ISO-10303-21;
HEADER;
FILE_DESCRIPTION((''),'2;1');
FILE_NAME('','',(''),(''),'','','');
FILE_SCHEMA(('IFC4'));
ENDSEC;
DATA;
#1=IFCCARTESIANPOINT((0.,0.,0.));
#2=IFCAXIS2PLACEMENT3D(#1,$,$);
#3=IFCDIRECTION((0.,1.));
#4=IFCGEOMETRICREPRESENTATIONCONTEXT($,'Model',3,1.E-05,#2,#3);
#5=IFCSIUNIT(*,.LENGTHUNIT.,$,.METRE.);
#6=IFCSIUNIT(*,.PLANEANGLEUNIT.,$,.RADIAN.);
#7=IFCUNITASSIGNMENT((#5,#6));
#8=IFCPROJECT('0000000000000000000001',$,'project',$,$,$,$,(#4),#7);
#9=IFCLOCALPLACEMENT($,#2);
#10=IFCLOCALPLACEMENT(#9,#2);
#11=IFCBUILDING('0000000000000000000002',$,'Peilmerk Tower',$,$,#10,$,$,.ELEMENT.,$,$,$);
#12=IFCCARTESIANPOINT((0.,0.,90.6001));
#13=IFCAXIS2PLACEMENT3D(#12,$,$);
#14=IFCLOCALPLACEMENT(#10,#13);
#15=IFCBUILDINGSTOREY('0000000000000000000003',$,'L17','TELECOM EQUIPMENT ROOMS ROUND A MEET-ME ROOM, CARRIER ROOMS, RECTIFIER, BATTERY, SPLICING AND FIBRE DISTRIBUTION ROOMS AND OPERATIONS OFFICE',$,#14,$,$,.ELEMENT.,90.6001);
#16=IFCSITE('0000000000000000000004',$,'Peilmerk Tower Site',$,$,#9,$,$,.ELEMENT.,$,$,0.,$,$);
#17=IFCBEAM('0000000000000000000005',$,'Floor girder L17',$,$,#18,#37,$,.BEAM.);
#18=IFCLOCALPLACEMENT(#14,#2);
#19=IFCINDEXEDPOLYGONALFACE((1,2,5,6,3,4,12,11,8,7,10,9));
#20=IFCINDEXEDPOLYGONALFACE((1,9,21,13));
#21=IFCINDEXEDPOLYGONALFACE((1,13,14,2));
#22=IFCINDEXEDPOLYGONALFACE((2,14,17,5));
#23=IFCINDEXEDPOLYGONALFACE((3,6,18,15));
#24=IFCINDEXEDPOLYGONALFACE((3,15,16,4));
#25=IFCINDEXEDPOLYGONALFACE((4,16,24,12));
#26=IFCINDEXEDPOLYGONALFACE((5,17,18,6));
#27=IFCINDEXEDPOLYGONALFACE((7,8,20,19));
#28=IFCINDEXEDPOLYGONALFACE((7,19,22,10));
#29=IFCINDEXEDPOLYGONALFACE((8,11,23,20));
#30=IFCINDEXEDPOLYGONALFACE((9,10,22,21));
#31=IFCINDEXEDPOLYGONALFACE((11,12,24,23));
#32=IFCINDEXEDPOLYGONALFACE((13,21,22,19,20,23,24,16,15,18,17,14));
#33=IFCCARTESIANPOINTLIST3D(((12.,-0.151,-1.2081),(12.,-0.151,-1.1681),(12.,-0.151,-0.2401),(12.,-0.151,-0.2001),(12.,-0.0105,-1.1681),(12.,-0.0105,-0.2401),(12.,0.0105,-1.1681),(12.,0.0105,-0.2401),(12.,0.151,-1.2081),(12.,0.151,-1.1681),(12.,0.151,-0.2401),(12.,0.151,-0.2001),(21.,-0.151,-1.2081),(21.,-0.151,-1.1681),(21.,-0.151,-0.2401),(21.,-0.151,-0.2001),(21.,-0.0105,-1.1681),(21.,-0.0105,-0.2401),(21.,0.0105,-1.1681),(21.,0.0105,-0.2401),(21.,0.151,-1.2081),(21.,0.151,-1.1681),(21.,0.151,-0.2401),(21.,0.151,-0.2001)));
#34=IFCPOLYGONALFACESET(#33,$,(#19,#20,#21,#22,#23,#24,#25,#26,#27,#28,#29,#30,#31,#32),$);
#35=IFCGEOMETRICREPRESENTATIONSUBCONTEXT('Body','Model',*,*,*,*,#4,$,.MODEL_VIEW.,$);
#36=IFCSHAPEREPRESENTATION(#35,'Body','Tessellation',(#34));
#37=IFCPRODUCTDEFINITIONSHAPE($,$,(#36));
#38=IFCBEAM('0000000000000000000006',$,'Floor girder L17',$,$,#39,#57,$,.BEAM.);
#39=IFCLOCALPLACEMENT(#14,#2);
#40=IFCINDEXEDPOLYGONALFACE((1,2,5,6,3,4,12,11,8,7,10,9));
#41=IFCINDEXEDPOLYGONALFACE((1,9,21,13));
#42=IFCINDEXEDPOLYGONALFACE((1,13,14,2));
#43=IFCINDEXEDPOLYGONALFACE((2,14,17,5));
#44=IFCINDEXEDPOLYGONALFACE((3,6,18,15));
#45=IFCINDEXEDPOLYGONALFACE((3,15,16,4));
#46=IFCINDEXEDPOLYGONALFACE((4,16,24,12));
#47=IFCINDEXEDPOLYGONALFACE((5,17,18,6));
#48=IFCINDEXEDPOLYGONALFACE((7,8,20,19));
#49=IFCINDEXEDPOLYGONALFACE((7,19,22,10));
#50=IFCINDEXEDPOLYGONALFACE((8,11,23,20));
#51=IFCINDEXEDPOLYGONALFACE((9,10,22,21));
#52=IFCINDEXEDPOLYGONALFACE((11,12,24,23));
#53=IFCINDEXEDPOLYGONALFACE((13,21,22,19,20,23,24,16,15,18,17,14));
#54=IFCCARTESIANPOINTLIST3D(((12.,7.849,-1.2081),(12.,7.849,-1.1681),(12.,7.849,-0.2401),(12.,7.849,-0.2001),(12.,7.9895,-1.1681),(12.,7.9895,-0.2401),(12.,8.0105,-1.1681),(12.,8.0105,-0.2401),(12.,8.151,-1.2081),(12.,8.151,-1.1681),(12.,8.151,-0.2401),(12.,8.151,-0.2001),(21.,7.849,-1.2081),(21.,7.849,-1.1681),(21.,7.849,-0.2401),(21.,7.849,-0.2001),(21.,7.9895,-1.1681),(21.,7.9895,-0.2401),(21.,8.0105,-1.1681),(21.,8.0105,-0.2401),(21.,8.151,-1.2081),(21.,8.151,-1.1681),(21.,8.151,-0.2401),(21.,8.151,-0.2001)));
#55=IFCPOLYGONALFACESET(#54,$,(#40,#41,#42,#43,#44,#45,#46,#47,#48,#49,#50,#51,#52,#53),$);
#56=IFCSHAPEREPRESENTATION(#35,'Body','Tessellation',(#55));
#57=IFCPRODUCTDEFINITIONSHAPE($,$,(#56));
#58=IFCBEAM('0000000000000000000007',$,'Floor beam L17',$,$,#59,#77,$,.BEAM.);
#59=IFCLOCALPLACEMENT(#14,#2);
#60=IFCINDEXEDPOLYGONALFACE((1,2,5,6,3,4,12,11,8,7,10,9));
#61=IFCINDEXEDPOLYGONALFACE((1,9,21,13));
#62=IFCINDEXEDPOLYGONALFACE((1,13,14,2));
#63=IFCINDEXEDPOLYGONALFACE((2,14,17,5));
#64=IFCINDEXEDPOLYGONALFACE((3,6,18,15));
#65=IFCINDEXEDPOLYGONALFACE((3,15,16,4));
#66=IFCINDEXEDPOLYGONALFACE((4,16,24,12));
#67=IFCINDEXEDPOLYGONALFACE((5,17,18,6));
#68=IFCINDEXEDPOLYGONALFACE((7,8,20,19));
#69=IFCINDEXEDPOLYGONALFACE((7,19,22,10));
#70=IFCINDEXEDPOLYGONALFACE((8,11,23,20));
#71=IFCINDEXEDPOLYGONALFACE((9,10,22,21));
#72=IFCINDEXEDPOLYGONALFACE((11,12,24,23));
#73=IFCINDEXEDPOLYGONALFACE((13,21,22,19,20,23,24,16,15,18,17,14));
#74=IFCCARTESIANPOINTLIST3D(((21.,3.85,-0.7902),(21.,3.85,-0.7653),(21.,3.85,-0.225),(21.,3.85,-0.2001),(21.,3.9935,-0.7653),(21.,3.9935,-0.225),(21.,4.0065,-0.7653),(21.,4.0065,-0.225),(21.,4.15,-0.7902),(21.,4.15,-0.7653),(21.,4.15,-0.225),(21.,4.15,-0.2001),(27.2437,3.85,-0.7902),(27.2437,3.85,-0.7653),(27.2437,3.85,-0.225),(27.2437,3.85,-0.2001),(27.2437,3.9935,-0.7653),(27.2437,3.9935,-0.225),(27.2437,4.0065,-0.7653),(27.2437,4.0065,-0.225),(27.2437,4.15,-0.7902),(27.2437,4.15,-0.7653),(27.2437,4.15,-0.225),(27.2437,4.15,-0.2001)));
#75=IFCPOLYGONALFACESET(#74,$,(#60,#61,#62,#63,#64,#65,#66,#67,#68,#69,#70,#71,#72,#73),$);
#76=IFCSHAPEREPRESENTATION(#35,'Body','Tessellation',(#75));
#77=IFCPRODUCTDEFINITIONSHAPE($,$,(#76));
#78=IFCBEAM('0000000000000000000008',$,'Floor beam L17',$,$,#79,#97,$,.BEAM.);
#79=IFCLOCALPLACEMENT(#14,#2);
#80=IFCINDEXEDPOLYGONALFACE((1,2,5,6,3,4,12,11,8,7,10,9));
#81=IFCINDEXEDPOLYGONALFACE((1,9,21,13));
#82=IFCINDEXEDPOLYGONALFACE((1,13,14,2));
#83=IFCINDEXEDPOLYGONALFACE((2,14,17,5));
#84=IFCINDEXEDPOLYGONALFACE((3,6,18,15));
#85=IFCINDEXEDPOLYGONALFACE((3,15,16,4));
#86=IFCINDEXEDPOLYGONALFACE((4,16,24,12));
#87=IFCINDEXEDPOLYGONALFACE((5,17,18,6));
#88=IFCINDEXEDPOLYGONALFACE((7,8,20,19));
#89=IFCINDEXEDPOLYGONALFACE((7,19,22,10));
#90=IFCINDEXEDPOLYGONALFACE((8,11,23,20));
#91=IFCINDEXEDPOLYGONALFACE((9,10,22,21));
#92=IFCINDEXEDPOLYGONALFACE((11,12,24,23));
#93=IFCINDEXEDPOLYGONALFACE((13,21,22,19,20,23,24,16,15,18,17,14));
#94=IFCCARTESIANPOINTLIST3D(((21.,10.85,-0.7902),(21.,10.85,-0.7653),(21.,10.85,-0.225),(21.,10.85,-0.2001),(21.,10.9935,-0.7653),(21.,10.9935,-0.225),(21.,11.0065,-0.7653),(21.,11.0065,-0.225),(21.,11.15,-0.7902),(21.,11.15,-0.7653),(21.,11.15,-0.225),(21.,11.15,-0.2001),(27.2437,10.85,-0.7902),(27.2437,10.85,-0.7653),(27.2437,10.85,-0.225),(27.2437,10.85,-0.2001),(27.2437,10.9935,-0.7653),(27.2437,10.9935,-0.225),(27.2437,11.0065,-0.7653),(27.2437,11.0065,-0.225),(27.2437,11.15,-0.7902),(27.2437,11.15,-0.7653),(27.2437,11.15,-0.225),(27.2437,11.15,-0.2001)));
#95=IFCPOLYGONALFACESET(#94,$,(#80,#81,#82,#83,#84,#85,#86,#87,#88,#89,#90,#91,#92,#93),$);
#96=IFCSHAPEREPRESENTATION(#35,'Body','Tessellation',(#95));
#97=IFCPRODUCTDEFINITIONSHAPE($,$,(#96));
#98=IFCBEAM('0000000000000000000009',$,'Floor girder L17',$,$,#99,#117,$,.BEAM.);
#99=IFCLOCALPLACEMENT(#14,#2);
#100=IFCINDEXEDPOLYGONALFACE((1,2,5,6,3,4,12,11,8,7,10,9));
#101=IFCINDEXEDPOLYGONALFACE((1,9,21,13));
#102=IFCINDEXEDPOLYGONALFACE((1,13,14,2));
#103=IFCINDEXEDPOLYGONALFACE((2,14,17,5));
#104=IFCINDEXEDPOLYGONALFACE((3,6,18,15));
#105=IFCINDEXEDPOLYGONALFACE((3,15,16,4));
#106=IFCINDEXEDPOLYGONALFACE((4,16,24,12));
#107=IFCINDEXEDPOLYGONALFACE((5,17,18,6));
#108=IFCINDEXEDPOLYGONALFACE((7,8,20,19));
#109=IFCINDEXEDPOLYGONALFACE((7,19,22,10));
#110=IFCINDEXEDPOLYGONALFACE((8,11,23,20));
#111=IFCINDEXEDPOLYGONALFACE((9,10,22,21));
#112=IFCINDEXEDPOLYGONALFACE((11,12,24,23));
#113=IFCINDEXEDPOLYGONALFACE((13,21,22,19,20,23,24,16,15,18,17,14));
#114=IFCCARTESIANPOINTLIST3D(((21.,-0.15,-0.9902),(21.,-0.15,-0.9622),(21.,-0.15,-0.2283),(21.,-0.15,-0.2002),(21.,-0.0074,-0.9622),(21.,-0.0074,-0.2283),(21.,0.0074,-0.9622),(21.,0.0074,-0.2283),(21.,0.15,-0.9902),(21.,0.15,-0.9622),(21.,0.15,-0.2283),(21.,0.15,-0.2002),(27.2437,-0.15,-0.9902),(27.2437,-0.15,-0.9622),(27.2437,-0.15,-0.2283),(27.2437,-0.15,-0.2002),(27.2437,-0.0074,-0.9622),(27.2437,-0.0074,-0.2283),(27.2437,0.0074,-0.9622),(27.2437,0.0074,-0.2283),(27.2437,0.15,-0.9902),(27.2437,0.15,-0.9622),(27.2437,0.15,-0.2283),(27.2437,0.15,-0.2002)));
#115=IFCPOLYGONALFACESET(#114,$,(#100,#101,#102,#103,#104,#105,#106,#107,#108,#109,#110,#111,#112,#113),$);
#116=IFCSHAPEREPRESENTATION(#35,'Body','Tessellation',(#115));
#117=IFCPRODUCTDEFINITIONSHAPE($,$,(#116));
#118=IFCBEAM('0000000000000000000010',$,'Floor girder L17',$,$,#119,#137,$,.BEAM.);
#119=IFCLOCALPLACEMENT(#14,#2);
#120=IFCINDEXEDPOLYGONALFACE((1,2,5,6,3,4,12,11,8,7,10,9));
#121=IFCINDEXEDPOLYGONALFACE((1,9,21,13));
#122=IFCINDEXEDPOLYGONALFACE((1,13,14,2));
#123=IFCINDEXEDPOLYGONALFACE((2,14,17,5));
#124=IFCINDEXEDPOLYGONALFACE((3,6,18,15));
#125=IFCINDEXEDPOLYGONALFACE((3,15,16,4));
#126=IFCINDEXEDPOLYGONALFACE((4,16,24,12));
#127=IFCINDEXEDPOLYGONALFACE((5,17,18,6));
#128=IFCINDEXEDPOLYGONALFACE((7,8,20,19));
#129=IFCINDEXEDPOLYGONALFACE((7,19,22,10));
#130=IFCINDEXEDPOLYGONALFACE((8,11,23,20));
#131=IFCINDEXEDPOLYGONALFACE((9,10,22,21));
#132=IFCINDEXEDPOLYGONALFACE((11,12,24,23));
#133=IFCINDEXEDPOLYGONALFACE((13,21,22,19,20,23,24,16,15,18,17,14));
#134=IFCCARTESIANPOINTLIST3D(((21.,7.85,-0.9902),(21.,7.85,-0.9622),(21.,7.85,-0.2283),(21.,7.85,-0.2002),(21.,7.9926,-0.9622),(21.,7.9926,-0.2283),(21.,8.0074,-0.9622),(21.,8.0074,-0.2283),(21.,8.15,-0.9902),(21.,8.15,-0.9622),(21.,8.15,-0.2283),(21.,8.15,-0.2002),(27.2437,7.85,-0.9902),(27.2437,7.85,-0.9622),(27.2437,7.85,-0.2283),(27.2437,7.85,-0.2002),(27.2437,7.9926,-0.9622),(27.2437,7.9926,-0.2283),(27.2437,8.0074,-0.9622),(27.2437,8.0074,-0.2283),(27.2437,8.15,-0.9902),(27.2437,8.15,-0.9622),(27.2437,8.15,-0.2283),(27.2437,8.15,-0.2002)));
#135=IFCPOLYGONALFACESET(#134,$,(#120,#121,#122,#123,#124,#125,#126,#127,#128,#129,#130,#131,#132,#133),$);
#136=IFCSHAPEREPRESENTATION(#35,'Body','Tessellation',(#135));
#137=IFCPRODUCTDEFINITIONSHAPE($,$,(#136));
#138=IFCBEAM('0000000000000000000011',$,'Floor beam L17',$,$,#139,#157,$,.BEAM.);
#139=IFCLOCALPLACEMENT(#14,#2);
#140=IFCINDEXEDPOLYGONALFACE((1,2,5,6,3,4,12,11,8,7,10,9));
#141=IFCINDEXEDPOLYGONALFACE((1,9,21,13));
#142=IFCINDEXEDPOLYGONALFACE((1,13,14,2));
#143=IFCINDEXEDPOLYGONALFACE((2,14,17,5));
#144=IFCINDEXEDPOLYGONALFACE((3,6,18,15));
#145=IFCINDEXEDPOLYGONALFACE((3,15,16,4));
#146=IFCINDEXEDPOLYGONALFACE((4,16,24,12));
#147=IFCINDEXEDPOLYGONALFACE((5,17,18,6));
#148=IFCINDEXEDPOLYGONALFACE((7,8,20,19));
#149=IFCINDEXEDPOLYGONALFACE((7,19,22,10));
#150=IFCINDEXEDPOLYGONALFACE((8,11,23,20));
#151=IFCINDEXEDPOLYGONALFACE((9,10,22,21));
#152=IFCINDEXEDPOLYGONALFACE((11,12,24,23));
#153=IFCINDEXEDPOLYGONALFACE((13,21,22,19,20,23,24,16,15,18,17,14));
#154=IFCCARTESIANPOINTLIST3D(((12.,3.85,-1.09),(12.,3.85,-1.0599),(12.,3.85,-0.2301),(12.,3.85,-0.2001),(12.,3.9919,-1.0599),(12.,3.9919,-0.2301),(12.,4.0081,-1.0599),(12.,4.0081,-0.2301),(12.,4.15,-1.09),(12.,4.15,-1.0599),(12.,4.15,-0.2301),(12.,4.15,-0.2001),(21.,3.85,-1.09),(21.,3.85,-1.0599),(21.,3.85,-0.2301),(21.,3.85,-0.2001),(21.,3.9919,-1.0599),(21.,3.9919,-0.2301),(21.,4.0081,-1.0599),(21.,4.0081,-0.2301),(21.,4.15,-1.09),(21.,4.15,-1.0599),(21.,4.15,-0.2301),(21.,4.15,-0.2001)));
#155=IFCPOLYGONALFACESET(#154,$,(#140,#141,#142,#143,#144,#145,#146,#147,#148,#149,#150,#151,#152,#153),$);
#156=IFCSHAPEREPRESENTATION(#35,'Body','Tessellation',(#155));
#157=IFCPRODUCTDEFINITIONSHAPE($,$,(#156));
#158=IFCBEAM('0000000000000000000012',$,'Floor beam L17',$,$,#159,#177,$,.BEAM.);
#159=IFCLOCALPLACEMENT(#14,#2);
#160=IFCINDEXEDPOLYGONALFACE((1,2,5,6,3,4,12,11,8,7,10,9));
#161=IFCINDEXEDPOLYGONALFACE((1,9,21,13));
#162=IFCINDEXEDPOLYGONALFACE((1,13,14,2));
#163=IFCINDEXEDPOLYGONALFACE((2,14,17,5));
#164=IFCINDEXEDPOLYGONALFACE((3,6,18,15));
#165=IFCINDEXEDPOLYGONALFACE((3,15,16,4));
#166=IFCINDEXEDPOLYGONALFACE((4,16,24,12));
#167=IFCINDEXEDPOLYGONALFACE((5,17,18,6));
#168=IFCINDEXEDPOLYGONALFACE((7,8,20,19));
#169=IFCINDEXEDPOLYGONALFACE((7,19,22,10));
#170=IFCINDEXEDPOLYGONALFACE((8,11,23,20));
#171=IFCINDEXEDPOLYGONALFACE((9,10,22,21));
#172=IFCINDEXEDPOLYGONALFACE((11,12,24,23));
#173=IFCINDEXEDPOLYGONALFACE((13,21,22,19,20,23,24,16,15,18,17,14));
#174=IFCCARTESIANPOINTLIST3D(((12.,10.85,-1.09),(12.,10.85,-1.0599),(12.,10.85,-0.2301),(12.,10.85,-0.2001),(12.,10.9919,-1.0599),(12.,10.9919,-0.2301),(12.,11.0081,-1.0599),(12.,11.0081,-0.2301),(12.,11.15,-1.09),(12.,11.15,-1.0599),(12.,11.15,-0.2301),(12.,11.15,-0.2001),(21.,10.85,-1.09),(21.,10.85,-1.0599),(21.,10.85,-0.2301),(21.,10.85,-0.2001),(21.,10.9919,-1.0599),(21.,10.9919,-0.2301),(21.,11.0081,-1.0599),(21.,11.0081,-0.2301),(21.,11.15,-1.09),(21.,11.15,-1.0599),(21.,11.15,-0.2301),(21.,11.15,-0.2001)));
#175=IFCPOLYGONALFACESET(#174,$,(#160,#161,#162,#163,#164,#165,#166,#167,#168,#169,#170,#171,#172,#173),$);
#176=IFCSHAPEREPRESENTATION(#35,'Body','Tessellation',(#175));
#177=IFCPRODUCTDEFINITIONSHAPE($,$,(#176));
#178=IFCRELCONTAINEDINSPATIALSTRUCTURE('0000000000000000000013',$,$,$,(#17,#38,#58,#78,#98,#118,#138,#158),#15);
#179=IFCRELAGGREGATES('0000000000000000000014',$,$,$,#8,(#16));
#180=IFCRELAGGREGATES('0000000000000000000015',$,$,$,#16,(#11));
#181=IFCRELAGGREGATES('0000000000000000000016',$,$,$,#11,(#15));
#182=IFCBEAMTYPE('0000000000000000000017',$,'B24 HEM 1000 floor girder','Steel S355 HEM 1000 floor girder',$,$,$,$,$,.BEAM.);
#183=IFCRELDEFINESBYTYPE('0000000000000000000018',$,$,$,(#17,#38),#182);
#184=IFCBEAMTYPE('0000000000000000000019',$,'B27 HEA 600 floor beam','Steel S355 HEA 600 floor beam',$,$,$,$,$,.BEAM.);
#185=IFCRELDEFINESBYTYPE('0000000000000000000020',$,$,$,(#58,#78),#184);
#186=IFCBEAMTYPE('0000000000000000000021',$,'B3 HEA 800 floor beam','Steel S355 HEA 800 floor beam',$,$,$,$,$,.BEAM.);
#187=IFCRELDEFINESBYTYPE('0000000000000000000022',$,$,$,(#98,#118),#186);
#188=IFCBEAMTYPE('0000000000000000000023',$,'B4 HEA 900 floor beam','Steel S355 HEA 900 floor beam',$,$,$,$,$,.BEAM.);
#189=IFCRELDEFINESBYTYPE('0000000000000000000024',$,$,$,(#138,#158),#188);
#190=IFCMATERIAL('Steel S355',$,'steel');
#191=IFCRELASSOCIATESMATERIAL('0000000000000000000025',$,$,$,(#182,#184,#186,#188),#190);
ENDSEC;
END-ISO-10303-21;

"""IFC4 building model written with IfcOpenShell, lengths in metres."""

from ifc_helpers import new_model, si_unit, direction, frame, origin, origin_2d, place, context, subcontext, project, spatial, i_section, extrude, material, material_profile, profile_set, type_object, element, save


model = new_model("IFC4")

# Units and contexts
model_context = context("Model", 3, precision=1e-05, world=origin(), true_north=direction((0.0, 1.0)))
body_context = subcontext(model_context, "Body", "Model", "MODEL_VIEW")
ifc_project = project(units=[si_unit("LENGTHUNIT", "METRE"), si_unit("PLANEANGLEUNIT", "RADIAN")], contexts=[model_context])

# Site, building, storey
site_placement = place(None, origin())
site = spatial("IfcSite", under=ifc_project, at=site_placement, Name="Peilmerk Tower Site", CompositionType="ELEMENT", RefElevation=0.0)
building_placement = place(site_placement, origin())
building = spatial("IfcBuilding", under=site, at=building_placement, Name="Peilmerk Tower", CompositionType="ELEMENT")
storey_placement = place(building_placement, frame((0.0, 0.0, 90.6001)))
storey = spatial("IfcBuildingStorey", under=building, at=storey_placement, Name="L17", Description="TELECOM EQUIPMENT ROOMS ROUND A MEET-ME ROOM, CARRIER ROOMS, RECTIFIER, BATTERY, SPLICING AND FIBRE DISTRIBUTION ROOMS AND OPERATIONS OFFICE", CompositionType="ELEMENT", Elevation=90.6001)

# Beams
ifc_material_1 = material(Name="Steel S355", Category="steel")
ifc_material_profile_1 = material_profile(ifc_material_1, i_section(OverallWidth=0.302, OverallDepth=1.0081, WebThickness=0.021, FlangeThickness=0.04, at=origin_2d()), Name="HEM 1000")
ifc_profile_set_1 = profile_set([ifc_material_profile_1], Name="Steel S355")
beam_type_1 = type_object("IfcBeamType", Name="B24 HEM 1000 floor girder", Description="Steel S355 HEM 1000 floor girder", PredefinedType="BEAM", material=ifc_profile_set_1)
for number, where, z_axis, x_axis, name in (
    (1, (12.0, 0.0, -0.7041), (1.0, 0.0, 0.0), (0.0, 1.0, 0.0), "Floor girder L17"),
    (2, (12.0, 8.0, -0.7041), (1.0, 0.0, 0.0), (0.0, 1.0, 0.0), "Floor girder L17"),
):
    element("IfcBeam", number, at=place(storey_placement, frame(where, z_axis=z_axis, x_axis=x_axis)), inside=storey, type_object=beam_type_1, Name=name, PredefinedType="BEAM", context=body_context, shape_type="SweptSolid", body=[
        extrude(i_section(OverallWidth=0.302, OverallDepth=1.0081, WebThickness=0.021, FlangeThickness=0.04, at=origin_2d()), origin(), (0.0, 0.0, 1.0), 9.0),
    ])
ifc_material_profile_2 = material_profile(ifc_material_1, i_section(OverallWidth=0.3, OverallDepth=0.5901, WebThickness=0.0129, FlangeThickness=0.0249, at=origin_2d()), Name="HEA 600")
ifc_profile_set_2 = profile_set([ifc_material_profile_2], Name="Steel S355")
beam_type_2 = type_object("IfcBeamType", Name="B27 HEA 600 floor beam", Description="Steel S355 HEA 600 floor beam", PredefinedType="BEAM", material=ifc_profile_set_2)
for number, where, z_axis, x_axis, name in (
    (3, (21.0, 4.0, -0.4951), (1.0, 0.0, 0.0), (0.0, 1.0, 0.0), "Floor beam L17"),
    (4, (21.0, 11.0, -0.4951), (1.0, 0.0, 0.0), (0.0, 1.0, 0.0), "Floor beam L17"),
):
    element("IfcBeam", number, at=place(storey_placement, frame(where, z_axis=z_axis, x_axis=x_axis)), inside=storey, type_object=beam_type_2, Name=name, PredefinedType="BEAM", context=body_context, shape_type="SweptSolid", body=[
        extrude(i_section(OverallWidth=0.3, OverallDepth=0.5901, WebThickness=0.0129, FlangeThickness=0.0249, at=origin_2d()), origin(), (0.0, 0.0, 1.0), 6.2437),
    ])
ifc_material_profile_3 = material_profile(ifc_material_1, i_section(OverallWidth=0.3, OverallDepth=0.79, WebThickness=0.0149, FlangeThickness=0.0281, at=origin_2d()), Name="HEA 800")
ifc_profile_set_3 = profile_set([ifc_material_profile_3], Name="Steel S355")
beam_type_3 = type_object("IfcBeamType", Name="B3 HEA 800 floor beam", Description="Steel S355 HEA 800 floor beam", PredefinedType="BEAM", material=ifc_profile_set_3)
for number, where, z_axis, x_axis, name in (
    (5, (21.0, 0.0, -0.5952), (1.0, 0.0, 0.0), (0.0, 1.0, 0.0), "Floor girder L17"),
    (6, (21.0, 8.0, -0.5952), (1.0, 0.0, 0.0), (0.0, 1.0, 0.0), "Floor girder L17"),
):
    element("IfcBeam", number, at=place(storey_placement, frame(where, z_axis=z_axis, x_axis=x_axis)), inside=storey, type_object=beam_type_3, Name=name, PredefinedType="BEAM", context=body_context, shape_type="SweptSolid", body=[
        extrude(i_section(OverallWidth=0.3, OverallDepth=0.79, WebThickness=0.0149, FlangeThickness=0.0281, at=origin_2d()), origin(), (0.0, 0.0, 1.0), 6.2437),
    ])
ifc_material_profile_4 = material_profile(ifc_material_1, i_section(OverallWidth=0.3, OverallDepth=0.8899, WebThickness=0.0161, FlangeThickness=0.03, at=origin_2d()), Name="HEA 900")
ifc_profile_set_4 = profile_set([ifc_material_profile_4], Name="Steel S355")
beam_type_4 = type_object("IfcBeamType", Name="B4 HEA 900 floor beam", Description="Steel S355 HEA 900 floor beam", PredefinedType="BEAM", material=ifc_profile_set_4)
for number, where, z_axis, x_axis, name in (
    (7, (12.0, 4.0, -0.645), (1.0, 0.0, 0.0), (0.0, 1.0, 0.0), "Floor beam L17"),
    (8, (12.0, 11.0, -0.645), (1.0, 0.0, 0.0), (0.0, 1.0, 0.0), "Floor beam L17"),
):
    element("IfcBeam", number, at=place(storey_placement, frame(where, z_axis=z_axis, x_axis=x_axis)), inside=storey, type_object=beam_type_4, Name=name, PredefinedType="BEAM", context=body_context, shape_type="SweptSolid", body=[
        extrude(i_section(OverallWidth=0.3, OverallDepth=0.8899, WebThickness=0.0161, FlangeThickness=0.03, at=origin_2d()), origin(), (0.0, 0.0, 1.0), 9.0),
    ])

save(model, "model.ifc")
